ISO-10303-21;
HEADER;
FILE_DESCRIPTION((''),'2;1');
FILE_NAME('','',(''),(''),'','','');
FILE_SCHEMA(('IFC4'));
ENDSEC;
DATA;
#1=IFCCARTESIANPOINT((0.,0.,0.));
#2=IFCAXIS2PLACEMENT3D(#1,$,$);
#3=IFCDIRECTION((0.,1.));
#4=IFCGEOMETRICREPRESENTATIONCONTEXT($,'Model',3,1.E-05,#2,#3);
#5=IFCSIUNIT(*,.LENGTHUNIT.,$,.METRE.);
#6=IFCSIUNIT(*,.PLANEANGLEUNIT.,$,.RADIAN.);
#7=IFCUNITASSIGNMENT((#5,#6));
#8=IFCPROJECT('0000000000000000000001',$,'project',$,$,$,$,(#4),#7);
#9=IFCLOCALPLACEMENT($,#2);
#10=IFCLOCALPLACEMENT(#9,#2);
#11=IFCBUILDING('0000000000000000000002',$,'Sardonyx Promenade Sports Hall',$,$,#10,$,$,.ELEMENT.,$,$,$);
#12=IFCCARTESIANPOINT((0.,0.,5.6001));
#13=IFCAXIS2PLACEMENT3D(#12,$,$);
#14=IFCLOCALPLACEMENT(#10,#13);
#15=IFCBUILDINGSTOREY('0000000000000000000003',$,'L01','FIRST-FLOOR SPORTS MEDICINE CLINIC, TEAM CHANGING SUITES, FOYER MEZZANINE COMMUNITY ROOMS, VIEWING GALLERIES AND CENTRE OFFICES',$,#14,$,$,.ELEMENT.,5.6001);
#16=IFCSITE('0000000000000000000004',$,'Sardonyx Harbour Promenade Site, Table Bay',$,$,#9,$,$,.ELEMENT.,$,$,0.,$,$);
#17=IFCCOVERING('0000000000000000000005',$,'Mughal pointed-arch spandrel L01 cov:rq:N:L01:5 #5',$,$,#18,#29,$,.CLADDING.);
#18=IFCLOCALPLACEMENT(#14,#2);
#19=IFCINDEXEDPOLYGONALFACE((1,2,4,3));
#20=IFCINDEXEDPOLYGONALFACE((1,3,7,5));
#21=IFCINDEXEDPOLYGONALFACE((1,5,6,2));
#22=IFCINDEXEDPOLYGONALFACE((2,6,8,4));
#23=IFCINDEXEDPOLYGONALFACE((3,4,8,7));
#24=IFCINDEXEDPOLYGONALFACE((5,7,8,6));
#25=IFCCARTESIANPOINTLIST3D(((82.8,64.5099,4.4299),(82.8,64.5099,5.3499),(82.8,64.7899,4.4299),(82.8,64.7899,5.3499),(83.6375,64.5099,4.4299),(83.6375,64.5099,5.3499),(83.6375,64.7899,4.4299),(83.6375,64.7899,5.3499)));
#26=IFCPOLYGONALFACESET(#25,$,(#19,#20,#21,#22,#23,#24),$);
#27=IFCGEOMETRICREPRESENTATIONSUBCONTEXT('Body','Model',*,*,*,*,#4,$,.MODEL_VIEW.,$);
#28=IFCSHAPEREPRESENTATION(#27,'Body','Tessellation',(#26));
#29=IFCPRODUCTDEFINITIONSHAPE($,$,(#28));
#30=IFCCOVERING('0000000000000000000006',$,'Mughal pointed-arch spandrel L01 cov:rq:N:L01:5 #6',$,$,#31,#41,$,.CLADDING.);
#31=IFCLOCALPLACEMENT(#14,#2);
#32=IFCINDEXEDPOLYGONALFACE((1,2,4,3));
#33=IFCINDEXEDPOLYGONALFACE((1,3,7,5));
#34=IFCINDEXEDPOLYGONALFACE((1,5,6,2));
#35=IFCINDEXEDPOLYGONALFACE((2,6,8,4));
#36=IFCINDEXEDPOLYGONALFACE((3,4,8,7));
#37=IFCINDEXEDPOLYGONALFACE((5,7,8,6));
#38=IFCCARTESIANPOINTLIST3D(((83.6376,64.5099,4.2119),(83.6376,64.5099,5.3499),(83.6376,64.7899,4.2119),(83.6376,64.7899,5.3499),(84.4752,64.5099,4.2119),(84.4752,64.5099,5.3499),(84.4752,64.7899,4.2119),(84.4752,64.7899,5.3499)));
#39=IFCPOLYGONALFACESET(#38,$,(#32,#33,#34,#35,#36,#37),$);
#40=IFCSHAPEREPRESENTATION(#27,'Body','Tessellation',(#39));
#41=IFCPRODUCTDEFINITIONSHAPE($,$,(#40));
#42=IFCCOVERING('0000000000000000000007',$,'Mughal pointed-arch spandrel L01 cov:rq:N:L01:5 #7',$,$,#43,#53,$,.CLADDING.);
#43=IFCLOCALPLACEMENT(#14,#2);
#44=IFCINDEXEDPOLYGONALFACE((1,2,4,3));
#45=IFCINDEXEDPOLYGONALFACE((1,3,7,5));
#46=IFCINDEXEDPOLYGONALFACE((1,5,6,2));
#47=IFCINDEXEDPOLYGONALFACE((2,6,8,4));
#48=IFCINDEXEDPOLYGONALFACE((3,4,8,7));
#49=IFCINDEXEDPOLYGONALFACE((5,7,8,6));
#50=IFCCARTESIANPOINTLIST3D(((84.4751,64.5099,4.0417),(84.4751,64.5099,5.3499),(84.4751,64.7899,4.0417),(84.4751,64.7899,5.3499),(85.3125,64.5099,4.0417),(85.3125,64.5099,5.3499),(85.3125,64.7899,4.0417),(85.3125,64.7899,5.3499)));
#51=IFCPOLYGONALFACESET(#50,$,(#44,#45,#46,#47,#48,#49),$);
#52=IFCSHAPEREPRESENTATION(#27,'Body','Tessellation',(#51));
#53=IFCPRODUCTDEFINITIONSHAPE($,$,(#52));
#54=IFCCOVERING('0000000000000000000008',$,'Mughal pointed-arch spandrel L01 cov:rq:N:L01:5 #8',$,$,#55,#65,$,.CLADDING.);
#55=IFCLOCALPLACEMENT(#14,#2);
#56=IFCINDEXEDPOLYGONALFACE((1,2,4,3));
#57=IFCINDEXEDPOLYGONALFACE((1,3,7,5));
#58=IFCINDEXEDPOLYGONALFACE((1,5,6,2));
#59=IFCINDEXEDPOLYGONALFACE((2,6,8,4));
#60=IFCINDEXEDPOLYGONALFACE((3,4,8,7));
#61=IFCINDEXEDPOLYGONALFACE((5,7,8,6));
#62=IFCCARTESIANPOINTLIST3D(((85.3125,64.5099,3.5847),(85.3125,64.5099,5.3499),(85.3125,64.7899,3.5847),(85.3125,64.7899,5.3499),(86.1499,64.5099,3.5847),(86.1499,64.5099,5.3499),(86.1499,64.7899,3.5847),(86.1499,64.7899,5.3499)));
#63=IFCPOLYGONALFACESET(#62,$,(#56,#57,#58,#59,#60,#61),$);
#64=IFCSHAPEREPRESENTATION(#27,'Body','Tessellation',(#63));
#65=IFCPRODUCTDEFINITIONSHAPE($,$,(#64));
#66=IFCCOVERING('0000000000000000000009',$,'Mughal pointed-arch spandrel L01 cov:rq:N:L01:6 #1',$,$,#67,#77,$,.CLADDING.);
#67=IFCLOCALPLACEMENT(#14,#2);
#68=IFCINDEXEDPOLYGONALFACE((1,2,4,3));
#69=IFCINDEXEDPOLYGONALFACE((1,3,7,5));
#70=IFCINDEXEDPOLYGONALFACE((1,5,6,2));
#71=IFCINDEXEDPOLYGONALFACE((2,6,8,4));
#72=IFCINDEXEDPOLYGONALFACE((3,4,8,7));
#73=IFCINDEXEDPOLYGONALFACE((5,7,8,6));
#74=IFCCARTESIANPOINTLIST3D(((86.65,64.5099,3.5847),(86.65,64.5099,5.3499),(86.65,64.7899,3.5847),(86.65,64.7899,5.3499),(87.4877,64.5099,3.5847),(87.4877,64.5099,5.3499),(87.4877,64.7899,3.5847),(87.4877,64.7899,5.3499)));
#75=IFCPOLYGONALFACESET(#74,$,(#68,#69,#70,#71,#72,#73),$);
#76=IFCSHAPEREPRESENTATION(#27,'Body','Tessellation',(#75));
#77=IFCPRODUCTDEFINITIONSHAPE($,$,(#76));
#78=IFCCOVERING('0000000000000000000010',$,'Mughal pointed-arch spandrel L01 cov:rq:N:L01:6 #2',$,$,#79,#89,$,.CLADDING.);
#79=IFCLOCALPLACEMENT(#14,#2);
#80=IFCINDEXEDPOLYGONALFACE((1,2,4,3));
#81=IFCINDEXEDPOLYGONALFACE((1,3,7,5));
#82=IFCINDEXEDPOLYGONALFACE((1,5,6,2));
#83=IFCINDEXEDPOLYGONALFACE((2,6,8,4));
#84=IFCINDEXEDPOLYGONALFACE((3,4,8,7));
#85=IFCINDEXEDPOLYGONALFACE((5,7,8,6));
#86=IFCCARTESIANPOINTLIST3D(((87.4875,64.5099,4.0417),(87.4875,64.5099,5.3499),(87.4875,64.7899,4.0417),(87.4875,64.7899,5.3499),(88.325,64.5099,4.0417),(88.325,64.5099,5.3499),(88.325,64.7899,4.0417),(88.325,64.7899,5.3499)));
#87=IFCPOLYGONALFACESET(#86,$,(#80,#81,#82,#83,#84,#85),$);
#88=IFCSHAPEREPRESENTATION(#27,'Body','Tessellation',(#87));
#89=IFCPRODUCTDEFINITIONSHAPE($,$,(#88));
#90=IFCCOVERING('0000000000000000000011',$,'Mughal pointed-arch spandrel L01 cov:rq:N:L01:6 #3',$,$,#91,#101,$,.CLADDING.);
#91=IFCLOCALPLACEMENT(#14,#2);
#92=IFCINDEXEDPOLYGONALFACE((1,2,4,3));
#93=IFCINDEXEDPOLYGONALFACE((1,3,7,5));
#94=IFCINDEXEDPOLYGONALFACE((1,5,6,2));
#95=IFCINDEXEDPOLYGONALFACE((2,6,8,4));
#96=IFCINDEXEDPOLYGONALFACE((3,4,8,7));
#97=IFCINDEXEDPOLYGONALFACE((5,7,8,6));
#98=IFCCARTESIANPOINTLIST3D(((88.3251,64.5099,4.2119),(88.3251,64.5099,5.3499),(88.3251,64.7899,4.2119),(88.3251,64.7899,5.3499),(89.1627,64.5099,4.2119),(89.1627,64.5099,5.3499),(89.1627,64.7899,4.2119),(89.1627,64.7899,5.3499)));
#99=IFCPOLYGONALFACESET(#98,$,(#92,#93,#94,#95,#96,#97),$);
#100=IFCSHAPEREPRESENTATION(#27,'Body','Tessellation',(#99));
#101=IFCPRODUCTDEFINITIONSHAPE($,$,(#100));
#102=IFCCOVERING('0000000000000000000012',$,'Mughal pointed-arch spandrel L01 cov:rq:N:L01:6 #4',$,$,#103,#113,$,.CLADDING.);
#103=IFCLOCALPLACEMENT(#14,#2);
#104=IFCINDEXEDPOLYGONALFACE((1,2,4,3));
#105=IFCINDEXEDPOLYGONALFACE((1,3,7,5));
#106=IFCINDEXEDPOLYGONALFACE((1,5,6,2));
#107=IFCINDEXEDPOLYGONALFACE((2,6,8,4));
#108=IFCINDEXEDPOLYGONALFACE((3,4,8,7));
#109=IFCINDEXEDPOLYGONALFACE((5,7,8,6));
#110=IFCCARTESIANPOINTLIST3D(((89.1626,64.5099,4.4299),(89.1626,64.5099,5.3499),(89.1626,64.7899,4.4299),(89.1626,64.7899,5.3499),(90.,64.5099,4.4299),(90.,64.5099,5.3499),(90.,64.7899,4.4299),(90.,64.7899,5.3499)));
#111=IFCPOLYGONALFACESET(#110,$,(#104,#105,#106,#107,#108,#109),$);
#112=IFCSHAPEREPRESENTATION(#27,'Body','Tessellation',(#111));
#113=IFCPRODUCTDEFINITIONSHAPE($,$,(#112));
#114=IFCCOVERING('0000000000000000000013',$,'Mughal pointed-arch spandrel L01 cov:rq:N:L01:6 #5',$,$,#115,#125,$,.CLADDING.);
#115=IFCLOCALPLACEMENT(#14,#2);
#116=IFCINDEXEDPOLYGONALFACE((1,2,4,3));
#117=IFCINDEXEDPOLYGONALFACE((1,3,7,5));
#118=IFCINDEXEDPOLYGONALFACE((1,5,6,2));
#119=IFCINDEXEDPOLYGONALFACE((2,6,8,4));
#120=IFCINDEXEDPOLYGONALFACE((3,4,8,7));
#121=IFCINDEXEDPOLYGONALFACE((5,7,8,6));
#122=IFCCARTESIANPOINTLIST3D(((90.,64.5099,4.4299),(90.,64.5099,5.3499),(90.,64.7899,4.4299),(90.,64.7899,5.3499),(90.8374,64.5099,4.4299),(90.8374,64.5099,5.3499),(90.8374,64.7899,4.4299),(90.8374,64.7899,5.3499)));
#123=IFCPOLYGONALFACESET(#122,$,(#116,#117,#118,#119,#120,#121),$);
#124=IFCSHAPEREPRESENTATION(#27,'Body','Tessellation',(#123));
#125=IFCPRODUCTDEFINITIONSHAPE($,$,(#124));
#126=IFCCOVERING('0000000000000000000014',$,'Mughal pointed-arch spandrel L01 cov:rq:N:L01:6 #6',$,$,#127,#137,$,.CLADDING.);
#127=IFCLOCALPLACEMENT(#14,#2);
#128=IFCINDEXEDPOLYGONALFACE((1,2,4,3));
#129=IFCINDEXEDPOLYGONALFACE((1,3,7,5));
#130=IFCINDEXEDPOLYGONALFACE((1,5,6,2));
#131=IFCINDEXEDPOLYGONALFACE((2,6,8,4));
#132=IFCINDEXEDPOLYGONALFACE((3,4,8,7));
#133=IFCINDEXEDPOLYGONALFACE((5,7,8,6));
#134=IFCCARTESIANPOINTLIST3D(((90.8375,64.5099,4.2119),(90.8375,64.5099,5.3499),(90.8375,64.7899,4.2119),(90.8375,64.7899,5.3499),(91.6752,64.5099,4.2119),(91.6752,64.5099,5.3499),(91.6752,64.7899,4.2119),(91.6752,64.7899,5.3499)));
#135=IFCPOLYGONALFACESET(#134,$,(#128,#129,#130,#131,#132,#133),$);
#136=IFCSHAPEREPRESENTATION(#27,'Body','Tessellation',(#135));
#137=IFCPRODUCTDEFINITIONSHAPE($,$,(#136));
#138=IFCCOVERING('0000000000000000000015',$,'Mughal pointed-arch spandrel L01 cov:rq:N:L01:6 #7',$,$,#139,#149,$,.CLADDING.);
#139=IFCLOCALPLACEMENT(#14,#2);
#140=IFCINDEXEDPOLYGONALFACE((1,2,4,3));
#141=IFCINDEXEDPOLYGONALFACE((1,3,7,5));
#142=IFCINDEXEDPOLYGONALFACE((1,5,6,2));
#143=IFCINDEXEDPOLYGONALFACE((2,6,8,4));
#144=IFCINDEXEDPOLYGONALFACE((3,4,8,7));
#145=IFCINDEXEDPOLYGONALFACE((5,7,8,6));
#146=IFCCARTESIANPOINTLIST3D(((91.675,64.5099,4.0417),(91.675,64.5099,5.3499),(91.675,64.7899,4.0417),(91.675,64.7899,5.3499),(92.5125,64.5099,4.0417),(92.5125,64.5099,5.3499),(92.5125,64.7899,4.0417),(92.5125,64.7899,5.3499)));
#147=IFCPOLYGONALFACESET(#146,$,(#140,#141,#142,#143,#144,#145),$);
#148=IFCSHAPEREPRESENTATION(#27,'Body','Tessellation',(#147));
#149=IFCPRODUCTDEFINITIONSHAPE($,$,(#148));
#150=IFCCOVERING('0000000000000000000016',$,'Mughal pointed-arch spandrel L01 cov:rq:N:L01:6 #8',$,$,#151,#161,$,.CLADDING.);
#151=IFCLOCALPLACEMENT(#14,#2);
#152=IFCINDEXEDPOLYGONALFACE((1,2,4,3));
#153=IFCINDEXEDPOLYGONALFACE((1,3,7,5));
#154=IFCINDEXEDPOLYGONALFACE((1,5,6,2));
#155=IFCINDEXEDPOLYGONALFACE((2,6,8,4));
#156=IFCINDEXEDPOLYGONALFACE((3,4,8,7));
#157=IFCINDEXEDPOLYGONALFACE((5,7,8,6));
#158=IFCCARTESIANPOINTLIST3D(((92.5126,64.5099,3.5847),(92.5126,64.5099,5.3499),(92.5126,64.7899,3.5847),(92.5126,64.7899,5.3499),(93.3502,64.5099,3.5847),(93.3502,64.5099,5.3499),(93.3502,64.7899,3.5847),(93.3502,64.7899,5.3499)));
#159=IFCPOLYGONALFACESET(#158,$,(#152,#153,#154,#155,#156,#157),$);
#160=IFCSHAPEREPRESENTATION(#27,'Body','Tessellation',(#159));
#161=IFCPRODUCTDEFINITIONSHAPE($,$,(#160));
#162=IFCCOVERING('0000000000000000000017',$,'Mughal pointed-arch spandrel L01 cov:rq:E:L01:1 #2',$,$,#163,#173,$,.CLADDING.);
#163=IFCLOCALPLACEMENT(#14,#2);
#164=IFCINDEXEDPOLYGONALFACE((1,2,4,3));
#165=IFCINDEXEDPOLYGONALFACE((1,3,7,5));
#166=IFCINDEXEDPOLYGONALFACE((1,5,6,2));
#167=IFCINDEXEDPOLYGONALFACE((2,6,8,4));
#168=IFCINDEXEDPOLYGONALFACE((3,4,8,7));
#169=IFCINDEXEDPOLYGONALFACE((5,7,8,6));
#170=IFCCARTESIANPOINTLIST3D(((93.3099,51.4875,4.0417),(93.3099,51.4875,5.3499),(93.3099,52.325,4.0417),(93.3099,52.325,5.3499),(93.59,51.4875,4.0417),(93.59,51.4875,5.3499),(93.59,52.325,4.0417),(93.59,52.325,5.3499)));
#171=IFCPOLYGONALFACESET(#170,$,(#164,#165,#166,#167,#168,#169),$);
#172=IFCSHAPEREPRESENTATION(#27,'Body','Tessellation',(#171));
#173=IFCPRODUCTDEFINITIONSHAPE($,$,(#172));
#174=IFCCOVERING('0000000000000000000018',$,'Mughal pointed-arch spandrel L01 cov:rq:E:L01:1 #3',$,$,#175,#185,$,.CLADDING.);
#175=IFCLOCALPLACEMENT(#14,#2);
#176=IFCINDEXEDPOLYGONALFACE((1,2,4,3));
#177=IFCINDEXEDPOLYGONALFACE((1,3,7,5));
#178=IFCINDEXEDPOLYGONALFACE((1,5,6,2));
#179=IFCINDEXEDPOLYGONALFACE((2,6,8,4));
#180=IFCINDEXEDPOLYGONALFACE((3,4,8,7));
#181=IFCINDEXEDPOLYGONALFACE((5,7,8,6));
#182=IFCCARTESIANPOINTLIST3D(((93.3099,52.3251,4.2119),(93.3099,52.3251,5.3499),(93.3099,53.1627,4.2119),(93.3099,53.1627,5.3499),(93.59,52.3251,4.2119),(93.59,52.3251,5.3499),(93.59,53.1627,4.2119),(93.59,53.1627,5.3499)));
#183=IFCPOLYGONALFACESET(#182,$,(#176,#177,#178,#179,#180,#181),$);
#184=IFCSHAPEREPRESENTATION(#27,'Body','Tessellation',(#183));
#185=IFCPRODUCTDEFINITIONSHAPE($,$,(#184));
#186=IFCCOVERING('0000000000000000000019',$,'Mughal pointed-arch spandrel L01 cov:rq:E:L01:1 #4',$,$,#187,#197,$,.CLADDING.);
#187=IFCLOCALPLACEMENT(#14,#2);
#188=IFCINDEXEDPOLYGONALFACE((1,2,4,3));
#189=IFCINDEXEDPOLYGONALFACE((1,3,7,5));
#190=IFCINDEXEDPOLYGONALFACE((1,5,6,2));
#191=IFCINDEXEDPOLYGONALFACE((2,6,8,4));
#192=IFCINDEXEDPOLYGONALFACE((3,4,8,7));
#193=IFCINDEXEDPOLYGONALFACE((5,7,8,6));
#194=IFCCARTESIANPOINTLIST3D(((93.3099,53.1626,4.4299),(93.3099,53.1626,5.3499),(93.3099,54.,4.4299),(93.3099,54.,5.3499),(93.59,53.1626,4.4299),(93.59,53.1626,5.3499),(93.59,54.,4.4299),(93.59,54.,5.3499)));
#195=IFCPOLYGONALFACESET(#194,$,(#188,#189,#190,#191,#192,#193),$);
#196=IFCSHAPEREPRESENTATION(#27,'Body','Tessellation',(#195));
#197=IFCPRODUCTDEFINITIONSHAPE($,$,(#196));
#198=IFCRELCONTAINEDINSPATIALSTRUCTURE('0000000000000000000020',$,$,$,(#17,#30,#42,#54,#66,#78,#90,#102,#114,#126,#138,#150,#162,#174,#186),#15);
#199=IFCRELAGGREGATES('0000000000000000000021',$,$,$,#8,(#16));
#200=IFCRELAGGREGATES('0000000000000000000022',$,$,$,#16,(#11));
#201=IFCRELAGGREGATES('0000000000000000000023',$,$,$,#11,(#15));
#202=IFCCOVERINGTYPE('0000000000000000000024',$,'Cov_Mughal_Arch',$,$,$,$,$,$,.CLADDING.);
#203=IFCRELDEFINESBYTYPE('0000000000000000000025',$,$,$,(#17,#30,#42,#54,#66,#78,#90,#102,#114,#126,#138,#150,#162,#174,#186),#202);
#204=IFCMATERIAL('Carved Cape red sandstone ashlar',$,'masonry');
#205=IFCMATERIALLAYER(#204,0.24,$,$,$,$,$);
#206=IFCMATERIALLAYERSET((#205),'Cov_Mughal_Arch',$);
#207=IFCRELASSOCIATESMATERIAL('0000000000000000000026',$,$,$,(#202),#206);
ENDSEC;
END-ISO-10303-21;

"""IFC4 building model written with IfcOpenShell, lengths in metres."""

from ifc_helpers import new_model, si_unit, direction, frame, frame_2d, origin, place, context, subcontext, project, spatial, rectangle, extrude, material, layer, layer_set, type_object, element, save


model = new_model("IFC4")

# Units and contexts
model_context = context("Model", 3, precision=1e-05, world=origin(), true_north=direction((0.0, 1.0)))
body_context = subcontext(model_context, "Body", "Model", "MODEL_VIEW")
ifc_project = project(units=[si_unit("LENGTHUNIT", "METRE"), si_unit("PLANEANGLEUNIT", "RADIAN")], contexts=[model_context])

# Site, building, storey
site_placement = place(None, origin())
site = spatial("IfcSite", under=ifc_project, at=site_placement, Name="Sardonyx Harbour Promenade Site, Table Bay", CompositionType="ELEMENT", RefElevation=0.0)
building_placement = place(site_placement, origin())
building = spatial("IfcBuilding", under=site, at=building_placement, Name="Sardonyx Promenade Sports Hall", CompositionType="ELEMENT")
storey_placement = place(building_placement, frame((0.0, 0.0, 5.6001)))
storey = spatial("IfcBuildingStorey", under=building, at=storey_placement, Name="L01", Description="FIRST-FLOOR SPORTS MEDICINE CLINIC, TEAM CHANGING SUITES, FOYER MEZZANINE COMMUNITY ROOMS, VIEWING GALLERIES AND CENTRE OFFICES", CompositionType="ELEMENT", Elevation=5.6001)

# Coverings
ifc_material = material(Name="Carved Cape red sandstone ashlar", Category="masonry")
ifc_layer = layer(ifc_material, 0.24)
ifc_layer_set = layer_set([ifc_layer], Name="Cov_Mughal_Arch")
covering_type = type_object("IfcCoveringType", Name="Cov_Mughal_Arch", PredefinedType="CLADDING", material=ifc_layer_set)
covering_1_placement = place(storey_placement, frame((82.8, 64.6499, 4.4299), z_axis=(0.0, 0.0, 1.0), x_axis=(1.0, 0.0, 0.0)))
element("IfcCovering", 1, at=covering_1_placement, inside=storey, type_object=covering_type, Name="Mughal pointed-arch spandrel L01 cov:rq:N:L01:5 #5", PredefinedType="CLADDING", context=body_context, shape_type="SweptSolid", body=[
    extrude(rectangle(XDim=0.8374, YDim=0.28, at=frame_2d((0.4187, 0.0))), origin(), (0.0, 0.0, 1.0), 0.9199),
])
covering_2_placement = place(storey_placement, frame((83.6375, 64.6499, 4.2119), z_axis=(0.0, 0.0, 1.0), x_axis=(1.0, 0.0, 0.0)))
element("IfcCovering", 2, at=covering_2_placement, inside=storey, type_object=covering_type, Name="Mughal pointed-arch spandrel L01 cov:rq:N:L01:5 #6", PredefinedType="CLADDING", context=body_context, shape_type="SweptSolid", body=[
    extrude(rectangle(XDim=0.8376, YDim=0.28, at=frame_2d((0.4189, 0.0))), origin(), (0.0, 0.0, 1.0), 1.1379),
])
covering_3_placement = place(storey_placement, frame((84.4751, 64.6499, 4.0417), z_axis=(0.0, 0.0, 1.0), x_axis=(1.0, 0.0, 0.0)))
element("IfcCovering", 3, at=covering_3_placement, inside=storey, type_object=covering_type, Name="Mughal pointed-arch spandrel L01 cov:rq:N:L01:5 #7", PredefinedType="CLADDING", context=body_context, shape_type="SweptSolid", body=[
    extrude(rectangle(XDim=0.8374, YDim=0.28, at=frame_2d((0.4187, 0.0))), origin(), (0.0, 0.0, 1.0), 1.3081),
])
covering_4_placement = place(storey_placement, frame((85.3125, 64.6499, 3.5847), z_axis=(0.0, 0.0, 1.0), x_axis=(1.0, 0.0, 0.0)))
element("IfcCovering", 4, at=covering_4_placement, inside=storey, type_object=covering_type, Name="Mughal pointed-arch spandrel L01 cov:rq:N:L01:5 #8", PredefinedType="CLADDING", context=body_context, shape_type="SweptSolid", body=[
    extrude(rectangle(XDim=0.8374, YDim=0.28, at=frame_2d((0.4187, 0.0))), origin(), (0.0, 0.0, 1.0), 1.7651),
])
covering_5_placement = place(storey_placement, frame((86.6499, 64.6499, 3.5847), z_axis=(0.0, 0.0, 1.0), x_axis=(1.0, 0.0, 0.0)))
element("IfcCovering", 5, at=covering_5_placement, inside=storey, type_object=covering_type, Name="Mughal pointed-arch spandrel L01 cov:rq:N:L01:6 #1", PredefinedType="CLADDING", context=body_context, shape_type="SweptSolid", body=[
    extrude(rectangle(XDim=0.8376, YDim=0.28, at=frame_2d((0.4189, 0.0))), origin(), (0.0, 0.0, 1.0), 1.7651),
])
covering_6_placement = place(storey_placement, frame((87.4875, 64.6499, 4.0417), z_axis=(0.0, 0.0, 1.0), x_axis=(1.0, 0.0, 0.0)))
element("IfcCovering", 6, at=covering_6_placement, inside=storey, type_object=covering_type, Name="Mughal pointed-arch spandrel L01 cov:rq:N:L01:6 #2", PredefinedType="CLADDING", context=body_context, shape_type="SweptSolid", body=[
    extrude(rectangle(XDim=0.8374, YDim=0.28, at=frame_2d((0.4187, 0.0))), origin(), (0.0, 0.0, 1.0), 1.3081),
])
covering_7_placement = place(storey_placement, frame((88.325, 64.6499, 4.2119), z_axis=(0.0, 0.0, 1.0), x_axis=(1.0, 0.0, 0.0)))
element("IfcCovering", 7, at=covering_7_placement, inside=storey, type_object=covering_type, Name="Mughal pointed-arch spandrel L01 cov:rq:N:L01:6 #3", PredefinedType="CLADDING", context=body_context, shape_type="SweptSolid", body=[
    extrude(rectangle(XDim=0.8376, YDim=0.28, at=frame_2d((0.4189, 0.0))), origin(), (0.0, 0.0, 1.0), 1.1379),
])
for number, where, z_axis, x_axis, name in (
    (8, (89.1626, 64.6499, 4.4299), (0.0, 0.0, 1.0), (1.0, 0.0, 0.0), "Mughal pointed-arch spandrel L01 cov:rq:N:L01:6 #4"),
    (9, (90.0, 64.6499, 4.4299), (0.0, 0.0, 1.0), (1.0, 0.0, 0.0), "Mughal pointed-arch spandrel L01 cov:rq:N:L01:6 #5"),
):
    element("IfcCovering", number, at=place(storey_placement, frame(where, z_axis=z_axis, x_axis=x_axis)), inside=storey, type_object=covering_type, Name=name, PredefinedType="CLADDING", context=body_context, shape_type="SweptSolid", body=[
        extrude(rectangle(XDim=0.8374, YDim=0.28, at=frame_2d((0.4187, 0.0))), origin(), (0.0, 0.0, 1.0), 0.9199),
    ])
covering_8_placement = place(storey_placement, frame((90.8374, 64.6499, 4.2119), z_axis=(0.0, 0.0, 1.0), x_axis=(1.0, 0.0, 0.0)))
element("IfcCovering", 10, at=covering_8_placement, inside=storey, type_object=covering_type, Name="Mughal pointed-arch spandrel L01 cov:rq:N:L01:6 #6", PredefinedType="CLADDING", context=body_context, shape_type="SweptSolid", body=[
    extrude(rectangle(XDim=0.8376, YDim=0.28, at=frame_2d((0.4189, 0.0))), origin(), (0.0, 0.0, 1.0), 1.1379),
])
covering_9_placement = place(storey_placement, frame((91.675, 64.6499, 4.0417), z_axis=(0.0, 0.0, 1.0), x_axis=(1.0, 0.0, 0.0)))
element("IfcCovering", 11, at=covering_9_placement, inside=storey, type_object=covering_type, Name="Mughal pointed-arch spandrel L01 cov:rq:N:L01:6 #7", PredefinedType="CLADDING", context=body_context, shape_type="SweptSolid", body=[
    extrude(rectangle(XDim=0.8374, YDim=0.28, at=frame_2d((0.4187, 0.0))), origin(), (0.0, 0.0, 1.0), 1.3081),
])
covering_10_placement = place(storey_placement, frame((92.5125, 64.6499, 3.5847), z_axis=(0.0, 0.0, 1.0), x_axis=(1.0, 0.0, 0.0)))
element("IfcCovering", 12, at=covering_10_placement, inside=storey, type_object=covering_type, Name="Mughal pointed-arch spandrel L01 cov:rq:N:L01:6 #8", PredefinedType="CLADDING", context=body_context, shape_type="SweptSolid", body=[
    extrude(rectangle(XDim=0.8376, YDim=0.28, at=frame_2d((0.4189, 0.0))), origin(), (0.0, 0.0, 1.0), 1.7651),
])
covering_11_placement = place(storey_placement, frame((93.45, 51.4875, 4.0417), z_axis=(0.0, 0.0, 1.0), x_axis=(0.0, 1.0, 0.0)))
element("IfcCovering", 13, at=covering_11_placement, inside=storey, type_object=covering_type, Name="Mughal pointed-arch spandrel L01 cov:rq:E:L01:1 #2", PredefinedType="CLADDING", context=body_context, shape_type="SweptSolid", body=[
    extrude(rectangle(XDim=0.8374, YDim=0.28, at=frame_2d((0.4187, 0.0))), origin(), (0.0, 0.0, 1.0), 1.3081),
])
covering_12_placement = place(storey_placement, frame((93.45, 52.325, 4.2119), z_axis=(0.0, 0.0, 1.0), x_axis=(0.0, 1.0, 0.0)))
element("IfcCovering", 14, at=covering_12_placement, inside=storey, type_object=covering_type, Name="Mughal pointed-arch spandrel L01 cov:rq:E:L01:1 #3", PredefinedType="CLADDING", context=body_context, shape_type="SweptSolid", body=[
    extrude(rectangle(XDim=0.8376, YDim=0.28, at=frame_2d((0.4189, 0.0))), origin(), (0.0, 0.0, 1.0), 1.1379),
])
for number, where, z_axis, x_axis, name in (
    (15, (93.45, 53.1626, 4.4299), (0.0, 0.0, 1.0), (0.0, 1.0, 0.0), "Mughal pointed-arch spandrel L01 cov:rq:E:L01:1 #4"),
):
    element("IfcCovering", number, at=place(storey_placement, frame(where, z_axis=z_axis, x_axis=x_axis)), inside=storey, type_object=covering_type, Name=name, PredefinedType="CLADDING", context=body_context, shape_type="SweptSolid", body=[
        extrude(rectangle(XDim=0.8374, YDim=0.28, at=frame_2d((0.4187, 0.0))), origin(), (0.0, 0.0, 1.0), 0.9199),
    ])

save(model, "model.ifc")
